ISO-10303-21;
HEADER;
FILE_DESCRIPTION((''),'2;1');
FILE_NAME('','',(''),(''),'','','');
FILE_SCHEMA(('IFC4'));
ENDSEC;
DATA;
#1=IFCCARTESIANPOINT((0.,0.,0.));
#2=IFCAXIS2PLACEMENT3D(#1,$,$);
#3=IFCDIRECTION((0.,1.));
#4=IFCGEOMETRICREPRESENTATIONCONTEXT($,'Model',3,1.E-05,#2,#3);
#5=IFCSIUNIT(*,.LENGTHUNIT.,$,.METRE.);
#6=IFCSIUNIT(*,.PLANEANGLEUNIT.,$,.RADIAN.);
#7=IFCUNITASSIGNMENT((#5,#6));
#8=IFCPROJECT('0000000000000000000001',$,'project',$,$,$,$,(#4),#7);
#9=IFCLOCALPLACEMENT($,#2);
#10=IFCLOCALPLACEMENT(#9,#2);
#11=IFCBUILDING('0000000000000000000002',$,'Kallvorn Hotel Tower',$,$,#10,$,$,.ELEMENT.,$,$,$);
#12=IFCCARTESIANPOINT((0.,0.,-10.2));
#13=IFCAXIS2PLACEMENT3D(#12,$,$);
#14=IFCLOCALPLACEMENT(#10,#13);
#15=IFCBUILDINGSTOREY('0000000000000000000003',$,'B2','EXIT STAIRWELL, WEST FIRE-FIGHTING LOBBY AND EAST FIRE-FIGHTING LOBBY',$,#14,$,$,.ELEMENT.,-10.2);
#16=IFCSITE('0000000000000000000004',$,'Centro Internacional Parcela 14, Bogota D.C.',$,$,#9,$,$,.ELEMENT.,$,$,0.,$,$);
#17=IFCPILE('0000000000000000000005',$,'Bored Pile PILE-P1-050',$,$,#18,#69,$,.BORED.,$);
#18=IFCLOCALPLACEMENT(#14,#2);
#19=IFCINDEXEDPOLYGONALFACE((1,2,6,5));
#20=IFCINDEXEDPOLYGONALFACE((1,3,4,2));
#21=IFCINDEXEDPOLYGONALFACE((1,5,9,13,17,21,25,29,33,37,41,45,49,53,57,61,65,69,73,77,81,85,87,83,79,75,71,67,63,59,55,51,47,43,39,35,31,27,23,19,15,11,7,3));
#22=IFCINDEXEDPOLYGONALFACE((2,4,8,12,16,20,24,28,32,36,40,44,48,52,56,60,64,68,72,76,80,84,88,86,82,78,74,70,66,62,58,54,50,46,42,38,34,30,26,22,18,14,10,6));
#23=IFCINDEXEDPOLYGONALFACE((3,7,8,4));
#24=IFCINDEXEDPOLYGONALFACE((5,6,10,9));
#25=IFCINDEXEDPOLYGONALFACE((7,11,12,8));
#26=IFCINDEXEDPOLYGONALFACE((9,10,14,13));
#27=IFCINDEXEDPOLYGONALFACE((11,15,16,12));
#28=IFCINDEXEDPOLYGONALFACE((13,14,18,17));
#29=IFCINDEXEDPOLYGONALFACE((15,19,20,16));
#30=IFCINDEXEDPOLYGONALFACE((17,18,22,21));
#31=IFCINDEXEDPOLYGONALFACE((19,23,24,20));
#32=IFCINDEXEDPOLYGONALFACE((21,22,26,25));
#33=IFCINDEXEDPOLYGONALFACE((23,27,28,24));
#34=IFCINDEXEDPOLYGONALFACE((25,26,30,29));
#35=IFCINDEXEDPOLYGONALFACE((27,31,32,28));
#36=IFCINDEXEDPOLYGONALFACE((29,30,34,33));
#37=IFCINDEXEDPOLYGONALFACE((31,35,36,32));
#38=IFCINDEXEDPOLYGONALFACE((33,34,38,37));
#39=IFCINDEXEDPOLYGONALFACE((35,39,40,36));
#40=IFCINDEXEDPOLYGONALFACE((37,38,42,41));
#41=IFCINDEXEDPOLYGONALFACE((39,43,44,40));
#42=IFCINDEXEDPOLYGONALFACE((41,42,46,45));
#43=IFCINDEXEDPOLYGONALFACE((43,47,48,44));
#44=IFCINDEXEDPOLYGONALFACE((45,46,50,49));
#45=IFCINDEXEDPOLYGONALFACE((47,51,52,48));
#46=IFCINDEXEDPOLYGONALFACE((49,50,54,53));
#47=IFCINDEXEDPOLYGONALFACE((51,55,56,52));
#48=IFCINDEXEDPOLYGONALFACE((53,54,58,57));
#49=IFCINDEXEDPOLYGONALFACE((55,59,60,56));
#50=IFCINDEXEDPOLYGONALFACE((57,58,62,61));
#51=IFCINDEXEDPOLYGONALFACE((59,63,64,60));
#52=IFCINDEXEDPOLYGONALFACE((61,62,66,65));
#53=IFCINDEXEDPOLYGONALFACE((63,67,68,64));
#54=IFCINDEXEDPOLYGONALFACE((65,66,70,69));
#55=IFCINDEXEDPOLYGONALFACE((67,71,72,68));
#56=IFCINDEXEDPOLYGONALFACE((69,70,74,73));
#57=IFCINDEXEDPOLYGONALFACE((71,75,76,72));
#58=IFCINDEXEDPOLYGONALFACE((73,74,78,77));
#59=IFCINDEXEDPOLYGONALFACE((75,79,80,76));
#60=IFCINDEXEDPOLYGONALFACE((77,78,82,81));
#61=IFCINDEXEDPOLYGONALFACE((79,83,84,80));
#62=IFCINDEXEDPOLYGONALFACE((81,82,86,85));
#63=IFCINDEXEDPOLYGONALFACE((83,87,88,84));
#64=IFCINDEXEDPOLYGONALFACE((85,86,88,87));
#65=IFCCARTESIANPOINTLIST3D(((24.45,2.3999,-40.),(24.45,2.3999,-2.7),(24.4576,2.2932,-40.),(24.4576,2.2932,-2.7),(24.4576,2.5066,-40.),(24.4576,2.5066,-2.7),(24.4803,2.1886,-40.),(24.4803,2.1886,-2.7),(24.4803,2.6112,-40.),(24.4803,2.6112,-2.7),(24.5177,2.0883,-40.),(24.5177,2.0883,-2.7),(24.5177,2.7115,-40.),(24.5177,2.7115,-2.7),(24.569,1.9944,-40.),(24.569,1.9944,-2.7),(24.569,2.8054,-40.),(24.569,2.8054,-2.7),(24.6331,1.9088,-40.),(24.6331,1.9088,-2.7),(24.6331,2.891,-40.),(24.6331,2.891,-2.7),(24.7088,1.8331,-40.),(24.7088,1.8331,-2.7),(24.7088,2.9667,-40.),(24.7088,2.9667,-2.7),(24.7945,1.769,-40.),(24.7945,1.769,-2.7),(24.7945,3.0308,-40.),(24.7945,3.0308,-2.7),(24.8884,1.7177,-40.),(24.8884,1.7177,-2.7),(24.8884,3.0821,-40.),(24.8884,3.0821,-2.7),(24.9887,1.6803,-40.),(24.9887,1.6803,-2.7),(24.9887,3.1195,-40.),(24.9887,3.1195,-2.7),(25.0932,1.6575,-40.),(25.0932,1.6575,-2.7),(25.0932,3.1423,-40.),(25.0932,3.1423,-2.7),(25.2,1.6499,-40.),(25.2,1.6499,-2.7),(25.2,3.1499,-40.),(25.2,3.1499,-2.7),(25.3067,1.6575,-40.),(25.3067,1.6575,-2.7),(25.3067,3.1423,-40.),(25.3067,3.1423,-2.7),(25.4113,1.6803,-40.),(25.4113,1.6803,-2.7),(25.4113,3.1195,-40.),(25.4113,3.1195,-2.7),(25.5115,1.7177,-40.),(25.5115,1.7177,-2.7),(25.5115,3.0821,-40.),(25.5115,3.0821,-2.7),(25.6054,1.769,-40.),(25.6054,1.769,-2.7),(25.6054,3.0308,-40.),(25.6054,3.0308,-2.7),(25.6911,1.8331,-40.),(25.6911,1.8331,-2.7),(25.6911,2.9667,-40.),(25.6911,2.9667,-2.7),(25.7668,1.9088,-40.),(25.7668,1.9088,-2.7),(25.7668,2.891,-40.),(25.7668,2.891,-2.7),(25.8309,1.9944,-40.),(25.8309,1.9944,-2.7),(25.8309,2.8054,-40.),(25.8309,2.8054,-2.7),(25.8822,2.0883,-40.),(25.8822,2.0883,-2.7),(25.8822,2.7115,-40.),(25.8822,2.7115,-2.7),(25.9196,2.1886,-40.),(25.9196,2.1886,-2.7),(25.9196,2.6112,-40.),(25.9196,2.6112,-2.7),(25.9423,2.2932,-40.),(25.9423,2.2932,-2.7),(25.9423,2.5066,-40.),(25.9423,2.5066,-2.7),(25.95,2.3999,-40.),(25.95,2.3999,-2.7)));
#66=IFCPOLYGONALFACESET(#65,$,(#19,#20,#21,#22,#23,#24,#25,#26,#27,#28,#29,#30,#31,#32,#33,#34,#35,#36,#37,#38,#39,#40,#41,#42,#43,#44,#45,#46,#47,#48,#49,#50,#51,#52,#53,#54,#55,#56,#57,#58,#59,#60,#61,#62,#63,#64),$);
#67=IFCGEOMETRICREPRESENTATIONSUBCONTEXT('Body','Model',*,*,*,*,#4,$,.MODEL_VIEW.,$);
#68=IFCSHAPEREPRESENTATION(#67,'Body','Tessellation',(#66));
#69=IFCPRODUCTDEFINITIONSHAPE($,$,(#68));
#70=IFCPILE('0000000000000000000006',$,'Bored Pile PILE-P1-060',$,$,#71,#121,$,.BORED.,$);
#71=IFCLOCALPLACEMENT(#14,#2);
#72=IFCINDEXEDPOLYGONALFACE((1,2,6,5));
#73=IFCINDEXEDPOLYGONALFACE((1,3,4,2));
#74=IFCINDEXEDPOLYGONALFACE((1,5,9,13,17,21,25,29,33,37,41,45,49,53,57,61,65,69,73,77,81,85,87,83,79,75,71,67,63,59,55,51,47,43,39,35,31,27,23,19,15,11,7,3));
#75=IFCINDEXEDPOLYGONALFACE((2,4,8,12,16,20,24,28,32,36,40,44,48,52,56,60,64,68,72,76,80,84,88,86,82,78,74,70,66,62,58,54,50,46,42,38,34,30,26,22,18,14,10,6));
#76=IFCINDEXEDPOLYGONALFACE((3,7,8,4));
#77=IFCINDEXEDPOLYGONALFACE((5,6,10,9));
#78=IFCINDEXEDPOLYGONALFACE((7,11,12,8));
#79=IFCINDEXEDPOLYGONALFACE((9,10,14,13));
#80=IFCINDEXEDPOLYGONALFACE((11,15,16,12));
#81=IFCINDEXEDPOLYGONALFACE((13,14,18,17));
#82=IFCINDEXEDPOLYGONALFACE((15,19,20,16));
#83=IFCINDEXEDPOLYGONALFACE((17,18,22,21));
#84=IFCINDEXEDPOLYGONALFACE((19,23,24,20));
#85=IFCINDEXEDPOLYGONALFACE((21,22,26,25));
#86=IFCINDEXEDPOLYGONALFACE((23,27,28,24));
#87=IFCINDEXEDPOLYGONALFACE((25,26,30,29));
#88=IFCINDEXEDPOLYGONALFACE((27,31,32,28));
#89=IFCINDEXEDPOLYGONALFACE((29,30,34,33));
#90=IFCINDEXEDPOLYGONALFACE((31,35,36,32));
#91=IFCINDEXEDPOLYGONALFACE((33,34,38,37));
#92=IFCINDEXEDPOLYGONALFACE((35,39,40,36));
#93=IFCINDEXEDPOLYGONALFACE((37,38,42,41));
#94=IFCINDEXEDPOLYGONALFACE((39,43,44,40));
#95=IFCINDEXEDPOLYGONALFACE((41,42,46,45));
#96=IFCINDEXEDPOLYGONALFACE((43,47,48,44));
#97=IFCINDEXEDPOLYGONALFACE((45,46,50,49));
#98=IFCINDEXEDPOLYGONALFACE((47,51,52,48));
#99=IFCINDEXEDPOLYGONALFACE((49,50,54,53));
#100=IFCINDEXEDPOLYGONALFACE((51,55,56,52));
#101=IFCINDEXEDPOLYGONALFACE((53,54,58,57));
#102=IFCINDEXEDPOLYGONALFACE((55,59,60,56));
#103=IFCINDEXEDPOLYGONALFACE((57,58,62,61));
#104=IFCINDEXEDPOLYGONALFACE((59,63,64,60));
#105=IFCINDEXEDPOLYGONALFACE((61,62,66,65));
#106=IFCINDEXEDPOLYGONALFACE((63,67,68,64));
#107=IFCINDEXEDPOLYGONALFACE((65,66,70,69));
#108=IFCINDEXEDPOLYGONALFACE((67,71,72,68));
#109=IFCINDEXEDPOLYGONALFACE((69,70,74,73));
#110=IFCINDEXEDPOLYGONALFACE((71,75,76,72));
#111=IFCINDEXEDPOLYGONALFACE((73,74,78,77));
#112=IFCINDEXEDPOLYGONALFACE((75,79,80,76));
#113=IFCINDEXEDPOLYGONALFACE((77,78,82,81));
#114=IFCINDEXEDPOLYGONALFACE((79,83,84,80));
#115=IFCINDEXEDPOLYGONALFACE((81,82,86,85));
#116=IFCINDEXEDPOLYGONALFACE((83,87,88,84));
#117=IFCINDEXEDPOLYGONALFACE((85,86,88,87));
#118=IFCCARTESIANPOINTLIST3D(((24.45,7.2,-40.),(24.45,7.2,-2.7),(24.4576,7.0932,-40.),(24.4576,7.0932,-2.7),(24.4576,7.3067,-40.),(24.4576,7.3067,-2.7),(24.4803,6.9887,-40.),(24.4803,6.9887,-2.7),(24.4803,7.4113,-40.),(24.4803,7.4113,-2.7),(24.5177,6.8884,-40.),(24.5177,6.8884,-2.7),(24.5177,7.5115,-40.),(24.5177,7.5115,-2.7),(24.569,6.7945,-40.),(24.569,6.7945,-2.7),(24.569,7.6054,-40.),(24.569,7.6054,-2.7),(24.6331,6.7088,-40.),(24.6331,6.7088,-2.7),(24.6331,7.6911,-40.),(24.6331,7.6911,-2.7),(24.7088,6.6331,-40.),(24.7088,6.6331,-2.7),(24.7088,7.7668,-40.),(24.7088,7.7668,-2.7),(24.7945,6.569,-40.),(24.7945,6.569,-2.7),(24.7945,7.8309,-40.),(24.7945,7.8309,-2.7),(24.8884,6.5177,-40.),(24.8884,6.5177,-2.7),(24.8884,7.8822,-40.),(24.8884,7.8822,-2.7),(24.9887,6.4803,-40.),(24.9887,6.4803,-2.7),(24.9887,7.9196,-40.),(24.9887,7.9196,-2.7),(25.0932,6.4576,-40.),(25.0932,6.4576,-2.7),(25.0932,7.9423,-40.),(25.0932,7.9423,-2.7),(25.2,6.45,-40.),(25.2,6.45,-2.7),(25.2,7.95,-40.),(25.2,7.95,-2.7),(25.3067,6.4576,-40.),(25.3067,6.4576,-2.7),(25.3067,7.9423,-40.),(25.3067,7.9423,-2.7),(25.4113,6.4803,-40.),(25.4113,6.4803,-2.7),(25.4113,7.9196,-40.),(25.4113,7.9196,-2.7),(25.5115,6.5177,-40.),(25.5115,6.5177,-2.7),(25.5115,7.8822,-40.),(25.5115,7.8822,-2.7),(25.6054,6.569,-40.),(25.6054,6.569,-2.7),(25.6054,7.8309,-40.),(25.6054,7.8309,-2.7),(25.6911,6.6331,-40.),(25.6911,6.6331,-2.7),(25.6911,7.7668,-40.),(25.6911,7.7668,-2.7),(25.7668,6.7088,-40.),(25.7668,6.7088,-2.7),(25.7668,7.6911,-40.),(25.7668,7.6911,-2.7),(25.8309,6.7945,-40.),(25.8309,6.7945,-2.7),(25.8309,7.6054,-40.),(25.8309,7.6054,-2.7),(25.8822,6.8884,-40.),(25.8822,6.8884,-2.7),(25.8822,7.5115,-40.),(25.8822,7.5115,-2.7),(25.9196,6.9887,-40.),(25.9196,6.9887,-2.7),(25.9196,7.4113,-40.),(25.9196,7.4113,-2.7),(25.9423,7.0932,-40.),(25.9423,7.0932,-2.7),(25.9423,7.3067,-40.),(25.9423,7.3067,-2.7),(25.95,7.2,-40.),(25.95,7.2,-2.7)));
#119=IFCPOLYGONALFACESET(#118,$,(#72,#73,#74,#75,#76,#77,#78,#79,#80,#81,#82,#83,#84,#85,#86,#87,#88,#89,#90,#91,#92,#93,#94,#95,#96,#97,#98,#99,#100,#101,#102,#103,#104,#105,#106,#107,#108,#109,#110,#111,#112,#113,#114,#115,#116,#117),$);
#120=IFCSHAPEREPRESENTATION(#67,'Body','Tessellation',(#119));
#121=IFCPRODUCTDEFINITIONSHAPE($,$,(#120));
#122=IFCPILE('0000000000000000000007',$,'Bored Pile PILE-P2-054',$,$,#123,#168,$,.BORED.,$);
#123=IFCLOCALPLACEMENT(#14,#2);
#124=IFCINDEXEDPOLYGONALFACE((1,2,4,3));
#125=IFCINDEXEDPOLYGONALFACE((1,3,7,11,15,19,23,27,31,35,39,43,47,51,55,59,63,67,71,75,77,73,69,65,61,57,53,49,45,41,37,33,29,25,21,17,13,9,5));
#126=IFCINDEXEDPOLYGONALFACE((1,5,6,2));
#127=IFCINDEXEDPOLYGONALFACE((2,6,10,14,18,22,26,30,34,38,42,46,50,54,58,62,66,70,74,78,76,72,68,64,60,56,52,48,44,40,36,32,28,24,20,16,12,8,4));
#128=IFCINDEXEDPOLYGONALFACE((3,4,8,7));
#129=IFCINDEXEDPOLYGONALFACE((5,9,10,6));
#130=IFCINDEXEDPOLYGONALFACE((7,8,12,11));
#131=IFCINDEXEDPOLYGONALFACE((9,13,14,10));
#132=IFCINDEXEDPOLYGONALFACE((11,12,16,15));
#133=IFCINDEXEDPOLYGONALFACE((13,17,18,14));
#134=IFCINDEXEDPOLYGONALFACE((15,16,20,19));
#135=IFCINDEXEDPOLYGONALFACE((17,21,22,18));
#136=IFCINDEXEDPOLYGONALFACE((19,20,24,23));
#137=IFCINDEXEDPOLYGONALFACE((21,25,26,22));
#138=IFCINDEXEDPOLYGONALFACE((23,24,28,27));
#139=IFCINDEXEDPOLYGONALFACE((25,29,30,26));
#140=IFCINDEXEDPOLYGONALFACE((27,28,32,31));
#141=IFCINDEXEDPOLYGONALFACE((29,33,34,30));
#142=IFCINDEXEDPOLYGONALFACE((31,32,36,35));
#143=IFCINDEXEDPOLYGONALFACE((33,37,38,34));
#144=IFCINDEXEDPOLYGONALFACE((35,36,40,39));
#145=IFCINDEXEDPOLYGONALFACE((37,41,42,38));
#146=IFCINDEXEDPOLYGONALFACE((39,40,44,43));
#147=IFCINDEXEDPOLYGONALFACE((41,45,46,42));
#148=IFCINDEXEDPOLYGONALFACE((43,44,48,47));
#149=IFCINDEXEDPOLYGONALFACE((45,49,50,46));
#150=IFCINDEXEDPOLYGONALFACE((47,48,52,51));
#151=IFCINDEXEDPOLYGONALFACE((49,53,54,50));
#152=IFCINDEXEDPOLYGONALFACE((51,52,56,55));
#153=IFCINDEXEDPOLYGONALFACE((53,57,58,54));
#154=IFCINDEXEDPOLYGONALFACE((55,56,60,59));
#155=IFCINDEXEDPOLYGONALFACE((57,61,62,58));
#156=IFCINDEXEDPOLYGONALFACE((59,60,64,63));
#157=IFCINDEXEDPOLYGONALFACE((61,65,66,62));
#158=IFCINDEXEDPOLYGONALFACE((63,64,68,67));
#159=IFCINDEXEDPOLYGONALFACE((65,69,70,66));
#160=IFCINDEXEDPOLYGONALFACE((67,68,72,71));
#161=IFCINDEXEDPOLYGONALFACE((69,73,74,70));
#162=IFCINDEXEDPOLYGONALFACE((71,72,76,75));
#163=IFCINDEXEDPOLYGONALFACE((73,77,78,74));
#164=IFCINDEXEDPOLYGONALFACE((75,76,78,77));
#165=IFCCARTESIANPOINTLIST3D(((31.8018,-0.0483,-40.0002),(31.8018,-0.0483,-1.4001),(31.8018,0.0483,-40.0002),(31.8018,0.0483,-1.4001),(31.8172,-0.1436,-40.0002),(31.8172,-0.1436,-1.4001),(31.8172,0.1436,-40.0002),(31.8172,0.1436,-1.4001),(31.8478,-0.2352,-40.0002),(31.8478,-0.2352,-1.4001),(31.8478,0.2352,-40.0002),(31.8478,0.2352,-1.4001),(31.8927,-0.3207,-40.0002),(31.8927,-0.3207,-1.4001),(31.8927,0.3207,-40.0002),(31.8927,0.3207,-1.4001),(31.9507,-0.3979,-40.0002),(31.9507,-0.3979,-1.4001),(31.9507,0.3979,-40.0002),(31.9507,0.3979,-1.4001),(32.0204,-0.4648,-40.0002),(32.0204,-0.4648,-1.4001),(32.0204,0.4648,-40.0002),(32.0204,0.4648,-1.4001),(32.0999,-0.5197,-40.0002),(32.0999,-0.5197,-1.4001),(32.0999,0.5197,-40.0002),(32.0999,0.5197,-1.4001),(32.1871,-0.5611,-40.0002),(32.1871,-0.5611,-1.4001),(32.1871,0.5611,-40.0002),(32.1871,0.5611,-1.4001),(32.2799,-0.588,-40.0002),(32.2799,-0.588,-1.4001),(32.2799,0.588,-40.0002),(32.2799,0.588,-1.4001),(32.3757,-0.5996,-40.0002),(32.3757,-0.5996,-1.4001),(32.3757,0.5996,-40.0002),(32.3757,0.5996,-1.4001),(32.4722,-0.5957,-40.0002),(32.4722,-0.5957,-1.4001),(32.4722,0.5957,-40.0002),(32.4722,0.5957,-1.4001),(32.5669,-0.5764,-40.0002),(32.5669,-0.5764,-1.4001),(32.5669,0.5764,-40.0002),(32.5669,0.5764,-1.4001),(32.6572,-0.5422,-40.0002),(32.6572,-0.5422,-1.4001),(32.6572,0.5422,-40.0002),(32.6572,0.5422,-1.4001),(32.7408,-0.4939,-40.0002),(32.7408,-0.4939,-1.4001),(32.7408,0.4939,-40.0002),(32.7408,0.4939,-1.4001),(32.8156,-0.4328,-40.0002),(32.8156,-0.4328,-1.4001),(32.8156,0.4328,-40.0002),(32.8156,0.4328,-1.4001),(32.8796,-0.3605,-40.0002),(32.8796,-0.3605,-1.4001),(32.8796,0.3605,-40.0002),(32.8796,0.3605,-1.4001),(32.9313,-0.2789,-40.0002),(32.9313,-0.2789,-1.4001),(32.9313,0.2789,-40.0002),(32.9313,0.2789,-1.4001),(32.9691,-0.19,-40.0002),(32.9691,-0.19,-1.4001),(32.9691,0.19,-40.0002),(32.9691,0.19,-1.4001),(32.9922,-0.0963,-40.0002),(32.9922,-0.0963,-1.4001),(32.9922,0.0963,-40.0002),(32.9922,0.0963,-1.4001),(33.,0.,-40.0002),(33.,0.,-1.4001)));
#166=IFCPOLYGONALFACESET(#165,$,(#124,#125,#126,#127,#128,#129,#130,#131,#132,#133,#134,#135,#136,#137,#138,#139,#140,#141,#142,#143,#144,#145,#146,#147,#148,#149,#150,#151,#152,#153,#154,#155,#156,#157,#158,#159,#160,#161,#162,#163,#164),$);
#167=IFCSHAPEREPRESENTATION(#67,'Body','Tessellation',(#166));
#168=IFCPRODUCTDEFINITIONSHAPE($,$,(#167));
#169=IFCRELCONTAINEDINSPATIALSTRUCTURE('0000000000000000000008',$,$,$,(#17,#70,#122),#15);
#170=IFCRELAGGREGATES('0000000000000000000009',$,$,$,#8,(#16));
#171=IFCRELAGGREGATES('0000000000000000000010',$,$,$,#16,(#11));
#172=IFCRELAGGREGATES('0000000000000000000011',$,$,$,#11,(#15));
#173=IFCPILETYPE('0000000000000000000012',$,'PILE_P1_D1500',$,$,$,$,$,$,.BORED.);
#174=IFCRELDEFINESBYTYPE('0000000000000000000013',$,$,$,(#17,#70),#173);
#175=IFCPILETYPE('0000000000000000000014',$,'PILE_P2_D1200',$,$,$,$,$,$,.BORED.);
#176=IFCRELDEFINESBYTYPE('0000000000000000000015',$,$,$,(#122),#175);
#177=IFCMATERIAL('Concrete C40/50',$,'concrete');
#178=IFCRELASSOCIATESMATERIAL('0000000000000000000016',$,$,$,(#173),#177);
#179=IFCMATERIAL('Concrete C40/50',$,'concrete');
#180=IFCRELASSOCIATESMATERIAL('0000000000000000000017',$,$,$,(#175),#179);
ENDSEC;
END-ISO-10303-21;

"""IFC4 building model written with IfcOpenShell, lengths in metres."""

from ifc_helpers import new_model, si_unit, direction, frame, origin, origin_2d, place, context, subcontext, project, spatial, circle, extrude, material, material_profile, profile_set, type_object, element, save


model = new_model("IFC4")

# Units and contexts
model_context = context("Model", 3, precision=1e-05, world=origin(), true_north=direction((0.0, 1.0)))
body_context = subcontext(model_context, "Body", "Model", "MODEL_VIEW")
ifc_project = project(units=[si_unit("LENGTHUNIT", "METRE"), si_unit("PLANEANGLEUNIT", "RADIAN")], contexts=[model_context])

# Site, building, storey
site_placement = place(None, origin())
site = spatial("IfcSite", under=ifc_project, at=site_placement, Name="Centro Internacional Parcela 14, Bogota D.C.", CompositionType="ELEMENT", RefElevation=0.0)
building_placement = place(site_placement, origin())
building = spatial("IfcBuilding", under=site, at=building_placement, Name="Kallvorn Hotel Tower", CompositionType="ELEMENT")
storey_placement = place(building_placement, frame((0.0, 0.0, -10.2)))
storey = spatial("IfcBuildingStorey", under=building, at=storey_placement, Name="B2", Description="EXIT STAIRWELL, WEST FIRE-FIGHTING LOBBY AND EAST FIRE-FIGHTING LOBBY", CompositionType="ELEMENT", Elevation=-10.2)

# Piles
ifc_material_1 = material(Name="Concrete C40/50", Category="concrete")
ifc_material_profile_1 = material_profile(ifc_material_1, circle(Radius=0.75, at=origin_2d()), Name="PILE D1500")
ifc_profile_set_1 = profile_set([ifc_material_profile_1], Name="Concrete C40/50")
pile_type_1 = type_object("IfcPileType", Name="PILE_P1_D1500", PredefinedType="BORED", material=ifc_profile_set_1)
for number, where, z_axis, x_axis, name in (
    (1, (25.2, 2.3999, -2.7), (0.0, 0.0, -1.0), (1.0, 0.0, 0.0), "Bored Pile PILE-P1-050"),
    (2, (25.2, 7.2, -2.7), (0.0, 0.0, -1.0), (1.0, 0.0, 0.0), "Bored Pile PILE-P1-060"),
):
    element("IfcPile", number, at=place(storey_placement, frame(where, z_axis=z_axis, x_axis=x_axis)), inside=storey, type_object=pile_type_1, Name=name, PredefinedType="BORED", context=body_context, shape_type="SweptSolid", body=[
        extrude(circle(Radius=0.75, at=origin_2d()), origin(), (0.0, 0.0, 1.0), 37.3),
    ])
ifc_material_2 = material(Name="Concrete C40/50", Category="concrete")
ifc_material_profile_2 = material_profile(ifc_material_2, circle(Radius=0.6001, at=origin_2d()), Name="PILE D1200")
ifc_profile_set_2 = profile_set([ifc_material_profile_2], Name="Concrete C40/50")
pile_type_2 = type_object("IfcPileType", Name="PILE_P2_D1200", PredefinedType="BORED", material=ifc_profile_set_2)
for number, where, z_axis, x_axis, name in (
    (3, (32.3999, 0.0, -1.4001), (0.0, 0.0, -1.0), (1.0, 0.0, 0.0), "Bored Pile PILE-P2-054"),
):
    element("IfcPile", number, at=place(storey_placement, frame(where, z_axis=z_axis, x_axis=x_axis)), inside=storey, type_object=pile_type_2, Name=name, PredefinedType="BORED", context=body_context, shape_type="SweptSolid", body=[
        extrude(circle(Radius=0.6001, at=origin_2d()), origin(), (0.0, 0.0, 1.0), 38.6001),
    ])

save(model, "model.ifc")
